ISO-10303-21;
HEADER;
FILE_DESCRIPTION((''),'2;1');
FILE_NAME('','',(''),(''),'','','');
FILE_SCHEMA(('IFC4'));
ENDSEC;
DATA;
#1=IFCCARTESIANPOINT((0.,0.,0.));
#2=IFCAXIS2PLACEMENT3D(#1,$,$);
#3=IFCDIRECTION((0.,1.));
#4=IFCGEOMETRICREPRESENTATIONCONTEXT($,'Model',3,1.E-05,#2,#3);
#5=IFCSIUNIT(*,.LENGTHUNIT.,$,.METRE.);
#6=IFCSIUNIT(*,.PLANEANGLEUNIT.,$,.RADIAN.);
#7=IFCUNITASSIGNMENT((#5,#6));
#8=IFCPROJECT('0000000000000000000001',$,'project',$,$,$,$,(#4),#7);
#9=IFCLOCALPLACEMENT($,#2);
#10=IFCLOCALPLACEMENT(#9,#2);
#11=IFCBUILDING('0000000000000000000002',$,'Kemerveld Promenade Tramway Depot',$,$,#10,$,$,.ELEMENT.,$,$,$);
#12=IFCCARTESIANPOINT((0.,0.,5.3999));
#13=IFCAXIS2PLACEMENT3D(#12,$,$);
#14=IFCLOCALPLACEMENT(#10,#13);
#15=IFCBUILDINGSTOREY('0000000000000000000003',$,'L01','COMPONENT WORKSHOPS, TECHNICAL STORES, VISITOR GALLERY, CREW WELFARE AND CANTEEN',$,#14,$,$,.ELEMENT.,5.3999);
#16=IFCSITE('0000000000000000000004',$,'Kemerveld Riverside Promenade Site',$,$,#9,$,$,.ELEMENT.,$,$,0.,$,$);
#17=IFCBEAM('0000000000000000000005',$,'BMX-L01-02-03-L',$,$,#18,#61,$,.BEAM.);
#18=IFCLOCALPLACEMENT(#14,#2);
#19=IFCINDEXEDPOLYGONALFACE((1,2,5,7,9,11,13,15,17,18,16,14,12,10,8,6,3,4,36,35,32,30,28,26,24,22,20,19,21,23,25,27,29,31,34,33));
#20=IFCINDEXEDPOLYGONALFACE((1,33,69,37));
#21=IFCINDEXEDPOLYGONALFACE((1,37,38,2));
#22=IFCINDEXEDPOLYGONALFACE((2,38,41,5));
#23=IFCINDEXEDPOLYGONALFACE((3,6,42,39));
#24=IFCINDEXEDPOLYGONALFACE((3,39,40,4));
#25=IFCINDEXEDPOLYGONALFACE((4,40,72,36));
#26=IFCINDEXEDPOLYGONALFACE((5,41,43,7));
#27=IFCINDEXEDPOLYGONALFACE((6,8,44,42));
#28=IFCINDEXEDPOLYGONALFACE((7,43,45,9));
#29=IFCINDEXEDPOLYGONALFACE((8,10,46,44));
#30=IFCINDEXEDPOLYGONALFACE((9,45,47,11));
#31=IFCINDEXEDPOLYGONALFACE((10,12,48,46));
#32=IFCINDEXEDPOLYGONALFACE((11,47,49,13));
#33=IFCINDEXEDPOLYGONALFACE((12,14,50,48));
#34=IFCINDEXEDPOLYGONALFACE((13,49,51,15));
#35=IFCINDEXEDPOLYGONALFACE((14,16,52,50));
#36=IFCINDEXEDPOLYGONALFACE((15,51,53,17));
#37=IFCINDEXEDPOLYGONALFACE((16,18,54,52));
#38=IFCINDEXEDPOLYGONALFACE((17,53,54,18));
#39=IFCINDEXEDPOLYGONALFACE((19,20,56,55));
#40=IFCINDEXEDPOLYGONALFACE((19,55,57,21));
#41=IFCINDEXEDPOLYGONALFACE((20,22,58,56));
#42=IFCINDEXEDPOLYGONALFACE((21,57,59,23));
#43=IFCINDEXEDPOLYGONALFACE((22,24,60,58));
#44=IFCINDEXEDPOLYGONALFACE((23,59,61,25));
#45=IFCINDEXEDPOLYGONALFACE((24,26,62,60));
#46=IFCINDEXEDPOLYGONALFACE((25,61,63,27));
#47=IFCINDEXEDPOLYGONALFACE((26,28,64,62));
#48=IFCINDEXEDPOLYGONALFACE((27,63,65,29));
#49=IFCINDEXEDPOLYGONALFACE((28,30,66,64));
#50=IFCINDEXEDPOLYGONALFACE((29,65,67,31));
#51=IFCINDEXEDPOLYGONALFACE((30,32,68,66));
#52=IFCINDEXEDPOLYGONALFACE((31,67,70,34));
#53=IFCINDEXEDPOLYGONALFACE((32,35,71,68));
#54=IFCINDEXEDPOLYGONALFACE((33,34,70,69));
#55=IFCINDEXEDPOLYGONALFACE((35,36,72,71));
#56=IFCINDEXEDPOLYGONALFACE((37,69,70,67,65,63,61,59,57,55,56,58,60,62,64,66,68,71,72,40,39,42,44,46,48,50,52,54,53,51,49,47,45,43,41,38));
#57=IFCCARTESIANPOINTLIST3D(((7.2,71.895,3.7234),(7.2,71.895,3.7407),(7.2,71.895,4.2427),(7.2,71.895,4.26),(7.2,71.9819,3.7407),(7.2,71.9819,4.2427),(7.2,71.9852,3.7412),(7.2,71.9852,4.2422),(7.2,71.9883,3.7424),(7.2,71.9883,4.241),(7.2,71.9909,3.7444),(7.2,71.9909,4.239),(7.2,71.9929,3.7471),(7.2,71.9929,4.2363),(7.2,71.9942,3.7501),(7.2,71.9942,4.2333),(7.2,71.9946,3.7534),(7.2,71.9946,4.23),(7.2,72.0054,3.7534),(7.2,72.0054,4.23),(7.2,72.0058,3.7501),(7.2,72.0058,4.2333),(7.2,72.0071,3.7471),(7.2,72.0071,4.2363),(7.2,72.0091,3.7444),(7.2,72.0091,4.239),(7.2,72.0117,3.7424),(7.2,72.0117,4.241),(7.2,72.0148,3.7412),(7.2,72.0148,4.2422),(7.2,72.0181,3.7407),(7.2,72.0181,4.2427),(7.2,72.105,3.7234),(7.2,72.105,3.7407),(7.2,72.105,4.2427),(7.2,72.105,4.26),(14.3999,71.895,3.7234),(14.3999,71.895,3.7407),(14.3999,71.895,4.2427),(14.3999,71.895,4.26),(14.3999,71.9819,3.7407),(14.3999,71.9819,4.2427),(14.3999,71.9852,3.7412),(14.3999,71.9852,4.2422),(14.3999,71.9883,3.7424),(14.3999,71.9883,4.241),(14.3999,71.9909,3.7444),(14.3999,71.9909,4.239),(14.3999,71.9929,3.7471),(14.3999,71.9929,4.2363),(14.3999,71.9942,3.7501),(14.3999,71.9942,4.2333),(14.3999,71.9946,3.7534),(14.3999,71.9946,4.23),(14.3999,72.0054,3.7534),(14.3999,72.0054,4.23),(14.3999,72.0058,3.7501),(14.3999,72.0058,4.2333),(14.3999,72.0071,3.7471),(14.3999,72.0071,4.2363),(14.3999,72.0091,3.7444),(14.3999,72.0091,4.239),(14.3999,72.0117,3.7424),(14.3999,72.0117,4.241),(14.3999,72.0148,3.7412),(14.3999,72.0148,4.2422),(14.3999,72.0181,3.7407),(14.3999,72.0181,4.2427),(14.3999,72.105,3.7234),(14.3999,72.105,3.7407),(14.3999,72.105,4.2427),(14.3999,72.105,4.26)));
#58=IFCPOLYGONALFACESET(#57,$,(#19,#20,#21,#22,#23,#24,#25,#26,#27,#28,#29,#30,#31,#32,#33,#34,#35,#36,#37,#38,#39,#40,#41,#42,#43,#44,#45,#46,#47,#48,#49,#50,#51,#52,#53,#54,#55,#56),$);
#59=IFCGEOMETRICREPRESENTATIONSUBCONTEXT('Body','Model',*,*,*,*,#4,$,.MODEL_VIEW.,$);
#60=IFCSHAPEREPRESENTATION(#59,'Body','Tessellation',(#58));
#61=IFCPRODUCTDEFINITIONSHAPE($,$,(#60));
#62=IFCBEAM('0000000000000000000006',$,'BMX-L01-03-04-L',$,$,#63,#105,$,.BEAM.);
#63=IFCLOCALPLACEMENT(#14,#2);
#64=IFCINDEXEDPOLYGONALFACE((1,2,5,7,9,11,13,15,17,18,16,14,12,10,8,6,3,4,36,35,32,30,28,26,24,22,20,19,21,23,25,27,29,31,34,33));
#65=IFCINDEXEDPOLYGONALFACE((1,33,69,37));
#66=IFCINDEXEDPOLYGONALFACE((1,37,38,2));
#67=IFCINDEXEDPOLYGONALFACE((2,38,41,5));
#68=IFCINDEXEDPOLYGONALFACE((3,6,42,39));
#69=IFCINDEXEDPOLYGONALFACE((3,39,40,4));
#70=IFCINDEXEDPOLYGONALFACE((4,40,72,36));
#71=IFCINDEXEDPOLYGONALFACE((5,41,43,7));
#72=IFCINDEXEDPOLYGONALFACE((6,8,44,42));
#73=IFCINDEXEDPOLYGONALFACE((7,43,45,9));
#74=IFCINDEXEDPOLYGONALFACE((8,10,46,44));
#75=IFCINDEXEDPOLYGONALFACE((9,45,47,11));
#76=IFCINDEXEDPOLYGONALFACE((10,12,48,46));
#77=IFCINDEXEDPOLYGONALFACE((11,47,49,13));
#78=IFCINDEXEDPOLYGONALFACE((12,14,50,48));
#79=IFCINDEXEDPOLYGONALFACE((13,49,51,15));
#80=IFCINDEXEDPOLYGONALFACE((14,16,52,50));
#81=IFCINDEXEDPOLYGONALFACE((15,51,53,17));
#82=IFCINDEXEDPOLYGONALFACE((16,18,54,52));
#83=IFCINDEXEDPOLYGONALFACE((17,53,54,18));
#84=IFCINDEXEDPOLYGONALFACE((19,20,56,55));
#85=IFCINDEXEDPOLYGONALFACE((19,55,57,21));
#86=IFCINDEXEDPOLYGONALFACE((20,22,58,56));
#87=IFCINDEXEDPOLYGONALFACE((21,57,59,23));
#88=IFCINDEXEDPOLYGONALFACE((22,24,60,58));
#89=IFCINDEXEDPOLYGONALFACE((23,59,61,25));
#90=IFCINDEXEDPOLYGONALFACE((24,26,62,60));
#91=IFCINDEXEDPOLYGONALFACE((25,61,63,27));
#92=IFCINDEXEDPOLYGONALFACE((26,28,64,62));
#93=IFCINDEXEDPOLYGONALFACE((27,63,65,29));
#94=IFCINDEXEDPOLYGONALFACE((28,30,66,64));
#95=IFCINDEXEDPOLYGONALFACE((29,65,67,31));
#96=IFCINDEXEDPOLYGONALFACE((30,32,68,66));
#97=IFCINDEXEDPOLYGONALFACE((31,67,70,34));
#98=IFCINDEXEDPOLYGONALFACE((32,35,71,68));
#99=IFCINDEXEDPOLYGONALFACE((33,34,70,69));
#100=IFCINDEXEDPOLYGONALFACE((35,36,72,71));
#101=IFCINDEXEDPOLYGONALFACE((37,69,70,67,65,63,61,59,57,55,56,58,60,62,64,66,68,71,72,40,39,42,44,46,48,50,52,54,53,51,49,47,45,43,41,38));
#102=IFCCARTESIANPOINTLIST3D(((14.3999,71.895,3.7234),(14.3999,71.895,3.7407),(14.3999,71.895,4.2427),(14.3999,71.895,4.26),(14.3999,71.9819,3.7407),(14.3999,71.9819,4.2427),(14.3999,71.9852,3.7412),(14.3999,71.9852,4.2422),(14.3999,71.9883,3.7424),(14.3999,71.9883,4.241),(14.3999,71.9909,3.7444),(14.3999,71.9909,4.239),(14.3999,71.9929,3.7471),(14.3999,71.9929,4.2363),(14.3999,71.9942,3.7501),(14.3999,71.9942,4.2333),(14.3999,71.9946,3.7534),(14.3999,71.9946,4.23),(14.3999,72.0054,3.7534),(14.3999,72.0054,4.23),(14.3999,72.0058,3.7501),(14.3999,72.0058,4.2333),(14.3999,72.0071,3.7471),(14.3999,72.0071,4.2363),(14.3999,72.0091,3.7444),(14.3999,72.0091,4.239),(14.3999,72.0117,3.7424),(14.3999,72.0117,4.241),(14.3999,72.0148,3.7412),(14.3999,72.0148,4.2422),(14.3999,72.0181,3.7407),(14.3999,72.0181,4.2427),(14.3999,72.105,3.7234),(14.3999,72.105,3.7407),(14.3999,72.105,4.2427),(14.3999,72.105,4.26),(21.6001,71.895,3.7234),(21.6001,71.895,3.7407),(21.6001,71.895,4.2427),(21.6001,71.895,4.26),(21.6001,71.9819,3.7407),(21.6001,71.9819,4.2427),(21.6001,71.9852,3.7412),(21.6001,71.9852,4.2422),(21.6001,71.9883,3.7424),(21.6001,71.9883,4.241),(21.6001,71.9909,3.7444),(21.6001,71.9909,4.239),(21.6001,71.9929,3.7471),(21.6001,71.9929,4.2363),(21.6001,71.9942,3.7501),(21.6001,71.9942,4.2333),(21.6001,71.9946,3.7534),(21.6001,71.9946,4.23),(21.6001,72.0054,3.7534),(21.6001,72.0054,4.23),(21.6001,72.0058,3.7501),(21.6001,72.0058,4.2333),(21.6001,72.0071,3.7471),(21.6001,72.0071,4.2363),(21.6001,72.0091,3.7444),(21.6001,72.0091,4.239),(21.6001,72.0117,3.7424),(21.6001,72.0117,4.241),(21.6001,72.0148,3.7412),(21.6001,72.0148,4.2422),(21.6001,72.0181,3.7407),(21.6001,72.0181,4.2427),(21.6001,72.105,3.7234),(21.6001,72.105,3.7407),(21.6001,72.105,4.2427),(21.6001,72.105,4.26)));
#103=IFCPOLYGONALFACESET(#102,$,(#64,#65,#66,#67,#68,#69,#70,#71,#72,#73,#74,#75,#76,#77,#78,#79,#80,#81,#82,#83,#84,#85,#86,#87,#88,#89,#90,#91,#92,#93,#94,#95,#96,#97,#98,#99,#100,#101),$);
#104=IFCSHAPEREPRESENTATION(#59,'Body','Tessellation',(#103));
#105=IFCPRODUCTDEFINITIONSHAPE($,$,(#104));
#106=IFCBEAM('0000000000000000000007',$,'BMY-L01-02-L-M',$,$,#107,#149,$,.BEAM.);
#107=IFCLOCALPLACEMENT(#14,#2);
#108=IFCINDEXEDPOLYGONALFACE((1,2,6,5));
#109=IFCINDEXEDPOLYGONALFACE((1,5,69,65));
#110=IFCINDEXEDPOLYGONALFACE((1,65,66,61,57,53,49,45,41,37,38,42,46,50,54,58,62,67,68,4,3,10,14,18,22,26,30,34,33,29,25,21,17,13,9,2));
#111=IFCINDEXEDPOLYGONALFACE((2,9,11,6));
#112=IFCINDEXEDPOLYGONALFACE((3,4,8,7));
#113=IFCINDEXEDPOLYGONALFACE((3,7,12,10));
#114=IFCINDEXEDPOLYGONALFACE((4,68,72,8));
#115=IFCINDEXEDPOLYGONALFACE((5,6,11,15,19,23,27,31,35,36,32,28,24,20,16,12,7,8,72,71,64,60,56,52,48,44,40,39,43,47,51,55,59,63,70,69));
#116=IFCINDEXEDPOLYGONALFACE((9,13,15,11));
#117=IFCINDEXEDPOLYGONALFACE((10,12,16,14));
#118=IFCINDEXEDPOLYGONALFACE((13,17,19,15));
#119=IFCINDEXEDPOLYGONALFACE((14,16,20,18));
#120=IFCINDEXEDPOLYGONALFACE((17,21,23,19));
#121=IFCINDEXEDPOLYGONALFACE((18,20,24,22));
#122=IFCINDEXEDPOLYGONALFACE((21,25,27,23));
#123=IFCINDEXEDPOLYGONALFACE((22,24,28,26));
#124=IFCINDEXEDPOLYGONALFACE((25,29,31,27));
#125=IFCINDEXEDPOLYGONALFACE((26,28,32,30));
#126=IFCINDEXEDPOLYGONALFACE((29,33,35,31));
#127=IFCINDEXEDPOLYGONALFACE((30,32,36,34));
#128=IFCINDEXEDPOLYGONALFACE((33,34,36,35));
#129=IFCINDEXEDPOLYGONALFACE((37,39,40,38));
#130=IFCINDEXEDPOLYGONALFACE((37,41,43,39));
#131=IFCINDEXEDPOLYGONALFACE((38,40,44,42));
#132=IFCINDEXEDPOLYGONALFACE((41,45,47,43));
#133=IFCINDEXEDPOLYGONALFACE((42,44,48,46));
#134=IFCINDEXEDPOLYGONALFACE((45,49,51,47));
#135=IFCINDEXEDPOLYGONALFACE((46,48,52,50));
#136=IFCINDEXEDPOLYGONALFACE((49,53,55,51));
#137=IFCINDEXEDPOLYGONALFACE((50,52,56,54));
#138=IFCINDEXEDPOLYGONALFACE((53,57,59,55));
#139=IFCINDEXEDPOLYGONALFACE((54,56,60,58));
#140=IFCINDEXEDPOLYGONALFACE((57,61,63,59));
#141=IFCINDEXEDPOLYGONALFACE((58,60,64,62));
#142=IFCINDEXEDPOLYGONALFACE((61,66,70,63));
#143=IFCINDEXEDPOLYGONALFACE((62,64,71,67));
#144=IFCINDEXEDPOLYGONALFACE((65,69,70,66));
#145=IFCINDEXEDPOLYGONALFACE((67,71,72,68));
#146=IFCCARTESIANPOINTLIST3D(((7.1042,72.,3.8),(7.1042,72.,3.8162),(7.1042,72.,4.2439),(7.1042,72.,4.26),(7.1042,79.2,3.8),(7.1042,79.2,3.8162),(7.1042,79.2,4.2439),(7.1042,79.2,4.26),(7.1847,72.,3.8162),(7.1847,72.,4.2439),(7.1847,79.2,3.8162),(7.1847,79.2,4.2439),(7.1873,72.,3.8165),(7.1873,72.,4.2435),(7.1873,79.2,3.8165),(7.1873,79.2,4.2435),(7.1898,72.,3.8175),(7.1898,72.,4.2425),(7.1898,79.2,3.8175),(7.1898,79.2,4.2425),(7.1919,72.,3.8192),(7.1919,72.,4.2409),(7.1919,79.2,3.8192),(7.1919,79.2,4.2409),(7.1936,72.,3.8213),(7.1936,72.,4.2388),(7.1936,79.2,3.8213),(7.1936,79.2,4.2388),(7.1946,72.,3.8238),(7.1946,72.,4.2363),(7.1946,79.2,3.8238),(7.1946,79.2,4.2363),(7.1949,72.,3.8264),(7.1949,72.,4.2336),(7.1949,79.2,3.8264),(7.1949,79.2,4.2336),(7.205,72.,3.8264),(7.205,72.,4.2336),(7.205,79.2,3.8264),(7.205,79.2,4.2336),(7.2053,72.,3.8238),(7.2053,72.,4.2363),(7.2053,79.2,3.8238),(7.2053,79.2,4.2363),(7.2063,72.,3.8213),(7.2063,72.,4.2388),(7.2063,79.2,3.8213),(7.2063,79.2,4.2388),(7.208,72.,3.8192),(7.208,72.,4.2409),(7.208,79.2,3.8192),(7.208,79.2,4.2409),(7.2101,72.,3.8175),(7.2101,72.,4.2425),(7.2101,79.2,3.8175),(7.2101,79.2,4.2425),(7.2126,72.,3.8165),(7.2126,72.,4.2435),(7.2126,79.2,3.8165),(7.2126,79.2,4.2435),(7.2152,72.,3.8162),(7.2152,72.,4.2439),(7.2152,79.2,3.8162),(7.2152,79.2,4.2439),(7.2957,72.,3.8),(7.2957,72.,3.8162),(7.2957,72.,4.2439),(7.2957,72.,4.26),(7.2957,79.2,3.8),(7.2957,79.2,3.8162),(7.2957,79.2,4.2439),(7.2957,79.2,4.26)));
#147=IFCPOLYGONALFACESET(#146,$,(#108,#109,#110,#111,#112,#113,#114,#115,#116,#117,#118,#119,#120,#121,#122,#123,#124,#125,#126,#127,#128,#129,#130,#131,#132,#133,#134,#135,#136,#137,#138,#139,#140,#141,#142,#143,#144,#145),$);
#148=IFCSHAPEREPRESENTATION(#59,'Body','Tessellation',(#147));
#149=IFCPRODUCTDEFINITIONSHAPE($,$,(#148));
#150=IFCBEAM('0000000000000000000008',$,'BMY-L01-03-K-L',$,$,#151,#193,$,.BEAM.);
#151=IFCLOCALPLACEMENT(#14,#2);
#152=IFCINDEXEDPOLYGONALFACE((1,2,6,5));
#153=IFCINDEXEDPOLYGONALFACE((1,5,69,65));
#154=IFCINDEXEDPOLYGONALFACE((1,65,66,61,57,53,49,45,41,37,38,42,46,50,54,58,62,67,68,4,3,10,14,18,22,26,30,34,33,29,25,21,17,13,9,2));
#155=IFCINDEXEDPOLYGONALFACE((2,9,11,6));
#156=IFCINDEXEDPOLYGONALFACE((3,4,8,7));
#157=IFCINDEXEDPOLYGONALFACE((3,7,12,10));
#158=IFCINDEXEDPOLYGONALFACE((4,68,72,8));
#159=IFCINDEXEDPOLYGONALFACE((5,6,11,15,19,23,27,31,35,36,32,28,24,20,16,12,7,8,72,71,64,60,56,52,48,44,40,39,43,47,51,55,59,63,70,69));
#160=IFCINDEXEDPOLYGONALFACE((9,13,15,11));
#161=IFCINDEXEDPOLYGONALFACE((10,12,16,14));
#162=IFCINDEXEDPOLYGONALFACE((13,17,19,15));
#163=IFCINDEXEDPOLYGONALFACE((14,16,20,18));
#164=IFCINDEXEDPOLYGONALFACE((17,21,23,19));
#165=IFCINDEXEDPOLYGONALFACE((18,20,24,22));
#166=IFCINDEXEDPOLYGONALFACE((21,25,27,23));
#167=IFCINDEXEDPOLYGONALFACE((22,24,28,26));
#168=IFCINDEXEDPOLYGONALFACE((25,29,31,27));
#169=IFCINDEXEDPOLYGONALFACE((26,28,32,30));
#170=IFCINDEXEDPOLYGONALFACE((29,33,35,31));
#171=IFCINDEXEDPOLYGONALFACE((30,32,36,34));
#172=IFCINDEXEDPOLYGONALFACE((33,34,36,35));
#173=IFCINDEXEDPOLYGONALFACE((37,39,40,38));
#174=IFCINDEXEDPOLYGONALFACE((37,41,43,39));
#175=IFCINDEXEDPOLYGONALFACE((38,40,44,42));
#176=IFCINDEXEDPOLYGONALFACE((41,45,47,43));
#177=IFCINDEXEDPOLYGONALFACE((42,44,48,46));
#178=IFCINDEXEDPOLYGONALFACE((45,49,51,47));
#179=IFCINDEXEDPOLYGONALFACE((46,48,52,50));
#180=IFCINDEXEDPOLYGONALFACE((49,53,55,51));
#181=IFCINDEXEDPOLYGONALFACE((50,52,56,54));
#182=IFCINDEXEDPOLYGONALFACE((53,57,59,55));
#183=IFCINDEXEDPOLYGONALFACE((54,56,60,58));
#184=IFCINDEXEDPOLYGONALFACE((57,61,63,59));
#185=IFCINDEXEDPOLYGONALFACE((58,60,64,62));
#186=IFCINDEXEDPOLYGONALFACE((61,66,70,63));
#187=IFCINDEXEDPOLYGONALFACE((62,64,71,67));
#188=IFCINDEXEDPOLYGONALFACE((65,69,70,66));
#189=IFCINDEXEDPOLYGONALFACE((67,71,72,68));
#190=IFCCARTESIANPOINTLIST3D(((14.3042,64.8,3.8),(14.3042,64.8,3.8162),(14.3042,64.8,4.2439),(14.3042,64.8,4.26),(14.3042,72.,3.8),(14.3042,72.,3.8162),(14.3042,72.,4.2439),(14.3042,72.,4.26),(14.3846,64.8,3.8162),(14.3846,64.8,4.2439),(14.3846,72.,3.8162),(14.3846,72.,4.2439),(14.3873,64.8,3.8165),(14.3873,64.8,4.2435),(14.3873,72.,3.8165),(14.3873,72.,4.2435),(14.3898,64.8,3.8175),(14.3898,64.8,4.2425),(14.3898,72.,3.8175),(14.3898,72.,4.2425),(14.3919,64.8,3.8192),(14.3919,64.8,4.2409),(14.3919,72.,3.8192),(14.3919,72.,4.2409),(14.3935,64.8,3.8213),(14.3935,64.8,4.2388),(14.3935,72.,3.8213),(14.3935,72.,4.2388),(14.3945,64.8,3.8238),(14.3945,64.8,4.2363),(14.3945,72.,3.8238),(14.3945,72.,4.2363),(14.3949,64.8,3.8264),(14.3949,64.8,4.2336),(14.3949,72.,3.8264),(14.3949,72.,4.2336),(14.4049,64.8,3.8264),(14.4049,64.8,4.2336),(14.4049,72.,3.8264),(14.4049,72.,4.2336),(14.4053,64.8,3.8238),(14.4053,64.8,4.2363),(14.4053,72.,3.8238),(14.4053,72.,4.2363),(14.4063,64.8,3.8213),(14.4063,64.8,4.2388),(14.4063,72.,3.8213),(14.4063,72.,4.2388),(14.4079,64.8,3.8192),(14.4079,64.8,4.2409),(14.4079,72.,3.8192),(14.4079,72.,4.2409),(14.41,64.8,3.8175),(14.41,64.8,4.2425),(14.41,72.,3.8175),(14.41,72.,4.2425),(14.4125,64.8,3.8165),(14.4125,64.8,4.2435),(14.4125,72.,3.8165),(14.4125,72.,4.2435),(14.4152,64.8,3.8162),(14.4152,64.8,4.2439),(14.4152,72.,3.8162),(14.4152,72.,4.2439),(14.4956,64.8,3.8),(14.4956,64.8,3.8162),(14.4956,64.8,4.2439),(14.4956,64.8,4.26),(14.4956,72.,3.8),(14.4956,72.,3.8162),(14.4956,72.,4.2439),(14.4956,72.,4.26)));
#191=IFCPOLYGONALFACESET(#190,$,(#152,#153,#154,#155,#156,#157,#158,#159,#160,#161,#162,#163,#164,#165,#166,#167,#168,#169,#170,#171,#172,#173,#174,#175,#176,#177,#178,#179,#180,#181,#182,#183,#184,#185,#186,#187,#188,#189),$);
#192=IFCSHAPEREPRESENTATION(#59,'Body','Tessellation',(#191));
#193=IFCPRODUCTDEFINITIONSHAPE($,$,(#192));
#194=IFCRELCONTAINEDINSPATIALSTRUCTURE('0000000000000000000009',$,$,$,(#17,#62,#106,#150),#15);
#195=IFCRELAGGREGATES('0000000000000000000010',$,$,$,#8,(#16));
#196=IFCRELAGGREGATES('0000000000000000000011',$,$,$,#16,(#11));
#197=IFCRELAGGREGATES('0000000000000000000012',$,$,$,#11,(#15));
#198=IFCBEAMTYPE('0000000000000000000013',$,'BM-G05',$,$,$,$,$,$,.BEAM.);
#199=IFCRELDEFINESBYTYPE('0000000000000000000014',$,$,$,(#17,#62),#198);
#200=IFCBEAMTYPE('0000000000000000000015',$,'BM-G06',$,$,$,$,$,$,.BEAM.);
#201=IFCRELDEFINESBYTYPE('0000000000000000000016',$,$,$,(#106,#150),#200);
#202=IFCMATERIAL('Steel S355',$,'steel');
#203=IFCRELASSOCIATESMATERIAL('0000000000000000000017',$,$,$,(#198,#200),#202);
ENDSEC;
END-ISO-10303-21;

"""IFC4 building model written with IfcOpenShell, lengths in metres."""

from ifc_helpers import new_model, si_unit, direction, frame, origin, origin_2d, place, context, subcontext, project, spatial, i_section, extrude, material, material_profile, profile_set, type_object, element, save


model = new_model("IFC4")

# Units and contexts
model_context = context("Model", 3, precision=1e-05, world=origin(), true_north=direction((0.0, 1.0)))
body_context = subcontext(model_context, "Body", "Model", "MODEL_VIEW")
ifc_project = project(units=[si_unit("LENGTHUNIT", "METRE"), si_unit("PLANEANGLEUNIT", "RADIAN")], contexts=[model_context])

# Site, building, storey
site_placement = place(None, origin())
site = spatial("IfcSite", under=ifc_project, at=site_placement, Name="Kemerveld Riverside Promenade Site", CompositionType="ELEMENT", RefElevation=0.0)
building_placement = place(site_placement, origin())
building = spatial("IfcBuilding", under=site, at=building_placement, Name="Kemerveld Promenade Tramway Depot", CompositionType="ELEMENT")
storey_placement = place(building_placement, frame((0.0, 0.0, 5.3999)))
storey = spatial("IfcBuildingStorey", under=building, at=storey_placement, Name="L01", Description="COMPONENT WORKSHOPS, TECHNICAL STORES, VISITOR GALLERY, CREW WELFARE AND CANTEEN", CompositionType="ELEMENT", Elevation=5.3999)

# Shared definitions
ifc_material_1 = material(Name="Steel S355", Category="steel")

# Beams
ifc_material_profile_1 = material_profile(ifc_material_1, i_section(OverallWidth=0.21, OverallDepth=0.5366, WebThickness=0.0107, FlangeThickness=0.0173, FilletRadius=0.0127, at=origin_2d()), Name="533x210x101 UB")
ifc_profile_set_1 = profile_set([ifc_material_profile_1], Name="Steel S355")
beam_type_1 = type_object("IfcBeamType", Name="BM-G05", PredefinedType="BEAM", material=ifc_profile_set_1)
beam_1_placement = place(storey_placement, frame((7.2, 72.0, 3.9917), z_axis=(1.0, 0.0, 0.0), x_axis=(0.0, 1.0, 0.0)))
element("IfcBeam", 1, at=beam_1_placement, inside=storey, type_object=beam_type_1, Name="BMX-L01-02-03-L", PredefinedType="BEAM", context=body_context, shape_type="SweptSolid", body=[
    extrude(i_section(OverallWidth=0.21, OverallDepth=0.5366, WebThickness=0.0107, FlangeThickness=0.0173, FilletRadius=0.0127, at=origin_2d()), origin(), (0.0, 0.0, 1.0), 7.2),
])
beam_2_placement = place(storey_placement, frame((14.3999, 72.0, 3.9917), z_axis=(1.0, 0.0, 0.0), x_axis=(0.0, 1.0, 0.0)))
element("IfcBeam", 2, at=beam_2_placement, inside=storey, type_object=beam_type_1, Name="BMX-L01-03-04-L", PredefinedType="BEAM", context=body_context, shape_type="SweptSolid", body=[
    extrude(i_section(OverallWidth=0.21, OverallDepth=0.5366, WebThickness=0.0107, FlangeThickness=0.0173, FilletRadius=0.0127, at=origin_2d()), origin(), (0.0, 0.0, 1.0), 7.2002),
])
ifc_material_profile_2 = material_profile(ifc_material_1, i_section(OverallWidth=0.1914, OverallDepth=0.46, WebThickness=0.01, FlangeThickness=0.0161, FilletRadius=0.0103, at=origin_2d()), Name="457x191x82 UB")
ifc_profile_set_2 = profile_set([ifc_material_profile_2], Name="Steel S355")
beam_type_2 = type_object("IfcBeamType", Name="BM-G06", PredefinedType="BEAM", material=ifc_profile_set_2)
for number, where, z_axis, x_axis, name in (
    (3, (7.2, 72.0, 4.03), (0.0, 1.0, 0.0), (-1.0, 0.0, 0.0), "BMY-L01-02-L-M"),
    (4, (14.3999, 64.8, 4.03), (0.0, 1.0, 0.0), (-1.0, 0.0, 0.0), "BMY-L01-03-K-L"),
):
    element("IfcBeam", number, at=place(storey_placement, frame(where, z_axis=z_axis, x_axis=x_axis)), inside=storey, type_object=beam_type_2, Name=name, PredefinedType="BEAM", context=body_context, shape_type="SweptSolid", body=[
        extrude(i_section(OverallWidth=0.1914, OverallDepth=0.46, WebThickness=0.01, FlangeThickness=0.0161, FilletRadius=0.0103, at=origin_2d()), origin(), (0.0, 0.0, 1.0), 7.2),
    ])

save(model, "model.ifc")
